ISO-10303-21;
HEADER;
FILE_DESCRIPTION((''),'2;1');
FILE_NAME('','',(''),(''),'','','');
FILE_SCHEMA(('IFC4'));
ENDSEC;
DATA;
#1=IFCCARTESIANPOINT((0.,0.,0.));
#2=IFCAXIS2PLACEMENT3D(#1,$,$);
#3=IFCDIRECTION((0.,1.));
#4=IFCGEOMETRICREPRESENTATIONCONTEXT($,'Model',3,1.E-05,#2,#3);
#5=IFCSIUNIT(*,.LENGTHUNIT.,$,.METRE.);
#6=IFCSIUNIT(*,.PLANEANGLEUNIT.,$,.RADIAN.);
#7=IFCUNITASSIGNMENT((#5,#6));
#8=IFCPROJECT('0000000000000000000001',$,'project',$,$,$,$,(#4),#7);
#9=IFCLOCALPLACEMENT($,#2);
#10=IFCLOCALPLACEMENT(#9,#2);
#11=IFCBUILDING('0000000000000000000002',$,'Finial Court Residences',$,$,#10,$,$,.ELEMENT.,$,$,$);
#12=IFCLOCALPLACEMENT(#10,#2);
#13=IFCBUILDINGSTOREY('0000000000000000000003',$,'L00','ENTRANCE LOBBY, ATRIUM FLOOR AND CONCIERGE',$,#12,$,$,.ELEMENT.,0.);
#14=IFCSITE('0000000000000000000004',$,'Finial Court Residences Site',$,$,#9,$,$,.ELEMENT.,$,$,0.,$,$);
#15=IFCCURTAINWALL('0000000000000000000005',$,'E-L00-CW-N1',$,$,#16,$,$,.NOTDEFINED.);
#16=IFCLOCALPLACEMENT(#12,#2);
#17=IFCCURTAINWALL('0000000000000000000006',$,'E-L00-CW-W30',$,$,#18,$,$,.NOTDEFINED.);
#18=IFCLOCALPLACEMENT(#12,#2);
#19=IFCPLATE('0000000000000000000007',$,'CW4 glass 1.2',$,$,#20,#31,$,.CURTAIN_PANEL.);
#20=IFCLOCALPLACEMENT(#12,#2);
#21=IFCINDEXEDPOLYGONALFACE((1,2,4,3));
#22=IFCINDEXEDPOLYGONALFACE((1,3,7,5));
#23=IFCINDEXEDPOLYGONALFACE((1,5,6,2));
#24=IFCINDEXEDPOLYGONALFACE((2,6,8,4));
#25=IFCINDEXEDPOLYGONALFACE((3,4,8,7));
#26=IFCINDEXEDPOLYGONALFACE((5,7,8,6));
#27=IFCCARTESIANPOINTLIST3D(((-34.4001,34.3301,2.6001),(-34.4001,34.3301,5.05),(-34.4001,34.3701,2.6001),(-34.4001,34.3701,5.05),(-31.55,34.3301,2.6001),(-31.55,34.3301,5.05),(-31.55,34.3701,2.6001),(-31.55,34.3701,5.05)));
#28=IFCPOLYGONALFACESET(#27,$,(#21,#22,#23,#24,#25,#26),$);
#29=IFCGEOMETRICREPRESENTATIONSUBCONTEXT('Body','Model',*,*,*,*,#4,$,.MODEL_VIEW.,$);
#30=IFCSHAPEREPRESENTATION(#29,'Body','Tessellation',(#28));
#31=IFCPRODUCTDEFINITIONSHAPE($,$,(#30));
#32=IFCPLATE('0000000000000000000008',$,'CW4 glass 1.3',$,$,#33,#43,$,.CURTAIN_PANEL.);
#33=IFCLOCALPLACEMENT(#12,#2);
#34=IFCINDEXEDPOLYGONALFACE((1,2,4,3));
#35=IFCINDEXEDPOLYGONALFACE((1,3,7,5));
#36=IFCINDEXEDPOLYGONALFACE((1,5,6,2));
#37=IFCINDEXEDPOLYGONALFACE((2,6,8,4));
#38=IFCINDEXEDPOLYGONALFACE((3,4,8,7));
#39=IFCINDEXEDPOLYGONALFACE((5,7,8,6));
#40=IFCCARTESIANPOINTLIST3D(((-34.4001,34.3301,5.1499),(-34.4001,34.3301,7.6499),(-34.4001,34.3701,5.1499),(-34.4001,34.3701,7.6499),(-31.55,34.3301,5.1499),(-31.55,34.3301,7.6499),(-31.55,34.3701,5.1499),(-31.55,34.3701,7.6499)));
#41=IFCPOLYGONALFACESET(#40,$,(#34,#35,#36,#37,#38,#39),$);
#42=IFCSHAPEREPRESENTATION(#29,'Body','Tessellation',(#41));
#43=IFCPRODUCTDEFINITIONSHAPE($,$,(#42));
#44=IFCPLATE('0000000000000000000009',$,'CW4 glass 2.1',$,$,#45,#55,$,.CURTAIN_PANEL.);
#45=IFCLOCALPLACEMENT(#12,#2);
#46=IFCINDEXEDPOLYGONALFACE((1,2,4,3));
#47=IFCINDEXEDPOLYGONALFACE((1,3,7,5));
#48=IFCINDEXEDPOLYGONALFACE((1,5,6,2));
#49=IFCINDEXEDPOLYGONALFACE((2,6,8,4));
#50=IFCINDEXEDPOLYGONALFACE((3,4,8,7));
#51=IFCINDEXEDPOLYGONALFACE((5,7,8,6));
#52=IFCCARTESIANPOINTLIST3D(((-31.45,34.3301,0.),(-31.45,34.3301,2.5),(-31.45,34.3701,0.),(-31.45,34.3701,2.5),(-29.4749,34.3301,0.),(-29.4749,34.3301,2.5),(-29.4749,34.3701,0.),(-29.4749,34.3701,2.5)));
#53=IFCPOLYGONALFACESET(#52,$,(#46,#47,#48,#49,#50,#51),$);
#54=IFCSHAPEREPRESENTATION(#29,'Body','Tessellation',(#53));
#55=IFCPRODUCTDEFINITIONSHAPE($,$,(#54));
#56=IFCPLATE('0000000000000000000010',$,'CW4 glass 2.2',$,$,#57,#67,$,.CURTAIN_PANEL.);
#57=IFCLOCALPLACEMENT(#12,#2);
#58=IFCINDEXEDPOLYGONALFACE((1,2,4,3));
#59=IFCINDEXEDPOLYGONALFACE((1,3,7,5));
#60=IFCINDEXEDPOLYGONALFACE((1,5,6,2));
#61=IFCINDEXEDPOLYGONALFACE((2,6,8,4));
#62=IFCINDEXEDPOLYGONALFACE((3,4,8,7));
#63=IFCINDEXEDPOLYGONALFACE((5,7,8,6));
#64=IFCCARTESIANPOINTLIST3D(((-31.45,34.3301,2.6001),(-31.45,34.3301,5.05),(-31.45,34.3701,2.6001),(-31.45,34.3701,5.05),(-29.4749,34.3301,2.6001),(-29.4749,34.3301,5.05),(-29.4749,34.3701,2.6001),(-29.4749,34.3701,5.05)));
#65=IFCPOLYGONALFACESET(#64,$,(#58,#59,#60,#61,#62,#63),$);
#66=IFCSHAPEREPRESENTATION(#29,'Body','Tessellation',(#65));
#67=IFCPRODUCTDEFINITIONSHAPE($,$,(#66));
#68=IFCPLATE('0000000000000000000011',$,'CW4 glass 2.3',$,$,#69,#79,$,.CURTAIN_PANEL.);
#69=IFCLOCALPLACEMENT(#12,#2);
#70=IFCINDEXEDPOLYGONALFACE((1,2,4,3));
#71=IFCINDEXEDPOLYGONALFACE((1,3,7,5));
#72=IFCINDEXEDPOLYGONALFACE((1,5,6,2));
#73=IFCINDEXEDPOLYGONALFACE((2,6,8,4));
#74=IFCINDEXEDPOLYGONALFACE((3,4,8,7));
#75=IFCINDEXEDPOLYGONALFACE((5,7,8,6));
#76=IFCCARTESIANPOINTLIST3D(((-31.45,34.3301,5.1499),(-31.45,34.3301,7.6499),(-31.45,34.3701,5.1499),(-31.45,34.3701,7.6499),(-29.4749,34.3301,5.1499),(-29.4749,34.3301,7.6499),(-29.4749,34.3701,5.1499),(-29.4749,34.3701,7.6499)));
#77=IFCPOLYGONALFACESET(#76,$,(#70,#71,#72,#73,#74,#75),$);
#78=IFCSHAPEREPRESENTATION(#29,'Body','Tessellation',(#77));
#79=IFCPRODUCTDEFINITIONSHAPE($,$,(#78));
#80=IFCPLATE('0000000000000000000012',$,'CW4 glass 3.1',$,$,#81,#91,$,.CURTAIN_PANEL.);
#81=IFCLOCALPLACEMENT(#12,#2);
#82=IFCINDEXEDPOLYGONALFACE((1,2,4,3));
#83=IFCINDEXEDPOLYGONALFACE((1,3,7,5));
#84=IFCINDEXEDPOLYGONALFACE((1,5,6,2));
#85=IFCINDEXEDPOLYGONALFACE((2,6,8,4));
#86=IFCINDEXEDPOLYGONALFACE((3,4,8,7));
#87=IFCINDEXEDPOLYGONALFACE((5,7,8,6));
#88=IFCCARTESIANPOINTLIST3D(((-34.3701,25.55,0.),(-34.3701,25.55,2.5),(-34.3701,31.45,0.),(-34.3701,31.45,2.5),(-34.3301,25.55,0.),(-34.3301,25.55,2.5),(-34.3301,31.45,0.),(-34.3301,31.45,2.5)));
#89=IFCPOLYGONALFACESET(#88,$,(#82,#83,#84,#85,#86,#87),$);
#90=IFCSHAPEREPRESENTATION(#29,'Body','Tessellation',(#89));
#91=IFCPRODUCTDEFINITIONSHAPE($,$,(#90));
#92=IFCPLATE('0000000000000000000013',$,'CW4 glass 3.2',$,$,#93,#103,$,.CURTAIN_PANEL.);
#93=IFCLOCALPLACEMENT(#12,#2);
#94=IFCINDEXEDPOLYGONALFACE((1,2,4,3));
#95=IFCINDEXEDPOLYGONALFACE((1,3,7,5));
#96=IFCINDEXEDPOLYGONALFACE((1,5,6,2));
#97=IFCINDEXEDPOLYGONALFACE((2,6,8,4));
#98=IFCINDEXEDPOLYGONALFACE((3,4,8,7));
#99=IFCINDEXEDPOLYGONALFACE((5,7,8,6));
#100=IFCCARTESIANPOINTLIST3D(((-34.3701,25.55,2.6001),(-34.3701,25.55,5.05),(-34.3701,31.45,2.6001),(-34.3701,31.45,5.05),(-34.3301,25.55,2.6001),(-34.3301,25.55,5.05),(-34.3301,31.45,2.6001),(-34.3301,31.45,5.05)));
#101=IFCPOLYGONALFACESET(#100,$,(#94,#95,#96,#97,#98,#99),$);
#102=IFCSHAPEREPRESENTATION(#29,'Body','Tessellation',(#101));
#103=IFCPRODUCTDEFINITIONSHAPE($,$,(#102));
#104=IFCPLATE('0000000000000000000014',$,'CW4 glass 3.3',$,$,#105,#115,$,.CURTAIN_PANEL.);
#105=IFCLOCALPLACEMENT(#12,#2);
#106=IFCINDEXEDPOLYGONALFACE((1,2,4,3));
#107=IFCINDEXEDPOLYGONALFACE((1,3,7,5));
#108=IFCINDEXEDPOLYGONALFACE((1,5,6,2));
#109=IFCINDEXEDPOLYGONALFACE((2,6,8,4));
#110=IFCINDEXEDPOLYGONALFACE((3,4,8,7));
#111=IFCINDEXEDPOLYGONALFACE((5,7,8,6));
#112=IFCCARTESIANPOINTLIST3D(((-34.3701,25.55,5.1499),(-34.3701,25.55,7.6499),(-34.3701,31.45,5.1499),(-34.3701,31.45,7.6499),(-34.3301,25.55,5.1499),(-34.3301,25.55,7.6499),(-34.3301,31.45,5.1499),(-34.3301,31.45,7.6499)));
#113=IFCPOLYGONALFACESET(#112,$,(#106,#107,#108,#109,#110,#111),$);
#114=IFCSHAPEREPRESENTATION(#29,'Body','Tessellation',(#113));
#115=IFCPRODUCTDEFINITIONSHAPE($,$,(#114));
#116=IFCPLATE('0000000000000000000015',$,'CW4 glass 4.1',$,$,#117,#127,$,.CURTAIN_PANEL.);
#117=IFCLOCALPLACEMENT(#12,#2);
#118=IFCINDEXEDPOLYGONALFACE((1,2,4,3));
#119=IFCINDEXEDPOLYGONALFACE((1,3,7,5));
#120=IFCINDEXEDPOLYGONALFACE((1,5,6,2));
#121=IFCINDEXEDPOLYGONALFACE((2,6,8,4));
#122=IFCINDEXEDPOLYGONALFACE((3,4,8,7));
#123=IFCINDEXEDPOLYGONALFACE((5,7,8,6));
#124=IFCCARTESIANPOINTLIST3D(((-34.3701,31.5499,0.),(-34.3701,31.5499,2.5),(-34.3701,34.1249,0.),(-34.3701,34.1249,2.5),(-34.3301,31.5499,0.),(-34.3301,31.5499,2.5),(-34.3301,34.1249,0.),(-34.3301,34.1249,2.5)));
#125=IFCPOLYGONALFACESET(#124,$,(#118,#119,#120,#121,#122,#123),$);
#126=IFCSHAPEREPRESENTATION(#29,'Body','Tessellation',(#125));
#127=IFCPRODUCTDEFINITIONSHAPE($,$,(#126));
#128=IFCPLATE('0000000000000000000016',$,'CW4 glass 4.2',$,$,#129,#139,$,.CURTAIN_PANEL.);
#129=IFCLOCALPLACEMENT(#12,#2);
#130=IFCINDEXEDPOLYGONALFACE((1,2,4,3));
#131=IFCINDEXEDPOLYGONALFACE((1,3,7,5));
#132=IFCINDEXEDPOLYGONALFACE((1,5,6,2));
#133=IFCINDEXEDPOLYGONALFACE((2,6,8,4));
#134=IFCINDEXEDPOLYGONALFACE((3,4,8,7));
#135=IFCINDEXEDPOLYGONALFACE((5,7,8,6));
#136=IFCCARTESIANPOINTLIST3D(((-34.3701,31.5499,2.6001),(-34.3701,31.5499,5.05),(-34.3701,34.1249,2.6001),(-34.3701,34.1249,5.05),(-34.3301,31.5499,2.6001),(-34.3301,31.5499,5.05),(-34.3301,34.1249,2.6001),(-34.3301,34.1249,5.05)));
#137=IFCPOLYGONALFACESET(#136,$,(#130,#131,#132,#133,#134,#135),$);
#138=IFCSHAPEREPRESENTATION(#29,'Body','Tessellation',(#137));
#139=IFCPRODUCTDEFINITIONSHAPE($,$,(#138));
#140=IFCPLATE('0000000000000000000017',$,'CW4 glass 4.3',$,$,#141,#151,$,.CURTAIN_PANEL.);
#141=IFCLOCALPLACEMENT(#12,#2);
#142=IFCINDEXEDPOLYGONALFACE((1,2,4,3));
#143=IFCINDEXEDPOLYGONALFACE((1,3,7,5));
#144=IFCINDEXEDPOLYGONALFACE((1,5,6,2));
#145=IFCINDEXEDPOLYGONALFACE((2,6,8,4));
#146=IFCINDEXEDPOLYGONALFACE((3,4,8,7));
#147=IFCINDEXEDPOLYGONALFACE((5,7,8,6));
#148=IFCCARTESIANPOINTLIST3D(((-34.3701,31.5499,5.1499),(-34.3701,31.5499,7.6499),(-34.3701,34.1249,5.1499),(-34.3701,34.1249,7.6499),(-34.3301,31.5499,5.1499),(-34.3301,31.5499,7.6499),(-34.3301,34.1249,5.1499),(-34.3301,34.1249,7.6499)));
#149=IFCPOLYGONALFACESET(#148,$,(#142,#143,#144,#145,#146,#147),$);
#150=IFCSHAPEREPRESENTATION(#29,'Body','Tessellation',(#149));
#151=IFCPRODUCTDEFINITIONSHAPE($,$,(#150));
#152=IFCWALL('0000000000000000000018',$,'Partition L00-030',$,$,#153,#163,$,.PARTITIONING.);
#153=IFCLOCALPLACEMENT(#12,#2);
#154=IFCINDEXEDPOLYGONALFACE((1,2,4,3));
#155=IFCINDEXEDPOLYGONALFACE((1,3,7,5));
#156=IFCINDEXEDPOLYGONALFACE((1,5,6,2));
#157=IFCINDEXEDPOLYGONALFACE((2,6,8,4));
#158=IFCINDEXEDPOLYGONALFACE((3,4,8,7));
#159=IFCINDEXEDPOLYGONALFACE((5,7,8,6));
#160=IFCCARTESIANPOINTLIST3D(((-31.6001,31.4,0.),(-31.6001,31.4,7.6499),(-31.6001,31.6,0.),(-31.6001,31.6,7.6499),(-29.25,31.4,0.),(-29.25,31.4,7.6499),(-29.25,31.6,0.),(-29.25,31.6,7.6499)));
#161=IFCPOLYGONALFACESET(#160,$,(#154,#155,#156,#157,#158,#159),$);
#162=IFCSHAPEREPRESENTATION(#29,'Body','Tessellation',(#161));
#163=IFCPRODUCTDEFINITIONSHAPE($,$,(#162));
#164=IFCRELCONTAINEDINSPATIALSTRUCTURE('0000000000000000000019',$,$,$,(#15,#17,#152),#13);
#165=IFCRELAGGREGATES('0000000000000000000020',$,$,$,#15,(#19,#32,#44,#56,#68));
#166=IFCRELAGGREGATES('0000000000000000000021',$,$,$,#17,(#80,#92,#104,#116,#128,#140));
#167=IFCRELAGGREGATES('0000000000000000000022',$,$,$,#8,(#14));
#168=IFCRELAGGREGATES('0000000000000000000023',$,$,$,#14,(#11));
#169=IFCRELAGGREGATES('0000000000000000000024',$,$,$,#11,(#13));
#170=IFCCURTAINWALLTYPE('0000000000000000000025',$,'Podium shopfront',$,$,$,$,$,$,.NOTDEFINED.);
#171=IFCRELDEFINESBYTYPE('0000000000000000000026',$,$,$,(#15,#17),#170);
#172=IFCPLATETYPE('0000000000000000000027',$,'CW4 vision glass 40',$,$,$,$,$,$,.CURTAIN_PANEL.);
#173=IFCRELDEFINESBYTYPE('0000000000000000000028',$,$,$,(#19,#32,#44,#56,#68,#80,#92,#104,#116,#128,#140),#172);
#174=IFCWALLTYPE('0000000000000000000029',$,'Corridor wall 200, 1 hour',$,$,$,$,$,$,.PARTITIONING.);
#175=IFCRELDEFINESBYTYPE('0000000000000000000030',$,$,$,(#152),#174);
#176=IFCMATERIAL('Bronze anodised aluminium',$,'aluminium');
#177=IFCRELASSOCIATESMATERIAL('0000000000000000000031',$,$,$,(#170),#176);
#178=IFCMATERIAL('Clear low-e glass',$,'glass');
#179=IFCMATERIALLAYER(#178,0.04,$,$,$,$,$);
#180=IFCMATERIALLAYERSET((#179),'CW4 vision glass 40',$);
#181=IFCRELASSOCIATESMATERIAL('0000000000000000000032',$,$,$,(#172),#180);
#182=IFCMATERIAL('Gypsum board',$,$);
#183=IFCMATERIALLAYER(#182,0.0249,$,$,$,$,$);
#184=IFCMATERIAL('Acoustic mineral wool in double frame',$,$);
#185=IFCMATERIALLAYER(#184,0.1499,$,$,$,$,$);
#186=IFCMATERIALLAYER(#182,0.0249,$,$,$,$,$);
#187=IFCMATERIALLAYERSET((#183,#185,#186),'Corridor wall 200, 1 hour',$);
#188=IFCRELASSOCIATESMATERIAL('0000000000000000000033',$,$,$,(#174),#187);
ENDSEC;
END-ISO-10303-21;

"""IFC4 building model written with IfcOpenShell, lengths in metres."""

from ifc_helpers import new_model, si_unit, direction, frame, frame_2d, origin, origin_2d, place, context, subcontext, project, spatial, rectangle, extrude, material, layer, layer_set, type_object, element, aggregate, save


model = new_model("IFC4")

# Units and contexts
model_context = context("Model", 3, precision=1e-05, world=origin(), true_north=direction((0.0, 1.0)))
body_context = subcontext(model_context, "Body", "Model", "MODEL_VIEW")
ifc_project = project(units=[si_unit("LENGTHUNIT", "METRE"), si_unit("PLANEANGLEUNIT", "RADIAN")], contexts=[model_context])

# Site, building, storey
site_placement = place(None, origin())
site = spatial("IfcSite", under=ifc_project, at=site_placement, Name="Finial Court Residences Site", CompositionType="ELEMENT", RefElevation=0.0)
building_placement = place(site_placement, origin())
building = spatial("IfcBuilding", under=site, at=building_placement, Name="Finial Court Residences", CompositionType="ELEMENT")
storey_placement = place(building_placement, origin())
storey = spatial("IfcBuildingStorey", under=building, at=storey_placement, Name="L00", Description="ENTRANCE LOBBY, ATRIUM FLOOR AND CONCIERGE", CompositionType="ELEMENT", Elevation=0.0)

# Curtain walls
ifc_material_1 = material(Name="Bronze anodised aluminium", Category="aluminium")
curtain_wall_type = type_object("IfcCurtainWallType", Name="Podium shopfront", PredefinedType="NOTDEFINED", material=ifc_material_1)
curtain_wall_1_placement = place(storey_placement, origin())
curtain_wall_1 = element("IfcCurtainWall", 1, at=curtain_wall_1_placement, inside=storey, type_object=curtain_wall_type, Name="E-L00-CW-N1", PredefinedType="NOTDEFINED")
curtain_wall_2_placement = place(storey_placement, origin())
curtain_wall_2 = element("IfcCurtainWall", 2, at=curtain_wall_2_placement, inside=storey, type_object=curtain_wall_type, Name="E-L00-CW-W30", PredefinedType="NOTDEFINED")

# Plates
ifc_material_2 = material(Name="Clear low-e glass", Category="glass")
ifc_layer_1 = layer(ifc_material_2, 0.04)
ifc_layer_set_1 = layer_set([ifc_layer_1], Name="CW4 vision glass 40")
plate_type = type_object("IfcPlateType", Name="CW4 vision glass 40", PredefinedType="CURTAIN_PANEL", material=ifc_layer_set_1)
plate_1_placement = place(storey_placement, frame((-32.9751, 34.3501, 2.6001), z_axis=(0.0, 0.0, 1.0), x_axis=(1.0, 0.0, 0.0)))
plate_1 = element("IfcPlate", 3, at=plate_1_placement, type_object=plate_type, Name="CW4 glass 1.2", PredefinedType="CURTAIN_PANEL", context=body_context, shape_type="SweptSolid", body=[
    extrude(rectangle(XDim=2.8501, YDim=0.04, at=origin_2d()), origin(), (0.0, 0.0, 1.0), 2.45),
])
plate_2_placement = place(storey_placement, frame((-32.9751, 34.3501, 5.1499), z_axis=(0.0, 0.0, 1.0), x_axis=(1.0, 0.0, 0.0)))
plate_2 = element("IfcPlate", 4, at=plate_2_placement, type_object=plate_type, Name="CW4 glass 1.3", PredefinedType="CURTAIN_PANEL", context=body_context, shape_type="SweptSolid", body=[
    extrude(rectangle(XDim=2.8501, YDim=0.04, at=origin_2d()), origin(), (0.0, 0.0, 1.0), 2.5),
])
plate_3_placement = place(storey_placement, frame((-30.4624, 34.3501, 0.0), z_axis=(0.0, 0.0, 1.0), x_axis=(1.0, 0.0, 0.0)))
plate_3 = element("IfcPlate", 5, at=plate_3_placement, type_object=plate_type, Name="CW4 glass 2.1", PredefinedType="CURTAIN_PANEL", context=body_context, shape_type="SweptSolid", body=[
    extrude(rectangle(XDim=1.9751, YDim=0.04, at=origin_2d()), origin(), (0.0, 0.0, 1.0), 2.5),
])
plate_4_placement = place(storey_placement, frame((-30.4624, 34.3501, 2.6001), z_axis=(0.0, 0.0, 1.0), x_axis=(1.0, 0.0, 0.0)))
plate_4 = element("IfcPlate", 6, at=plate_4_placement, type_object=plate_type, Name="CW4 glass 2.2", PredefinedType="CURTAIN_PANEL", context=body_context, shape_type="SweptSolid", body=[
    extrude(rectangle(XDim=1.9751, YDim=0.04, at=origin_2d()), origin(), (0.0, 0.0, 1.0), 2.45),
])
plate_5_placement = place(storey_placement, frame((-30.4624, 34.3501, 5.1499), z_axis=(0.0, 0.0, 1.0), x_axis=(1.0, 0.0, 0.0)))
plate_5 = element("IfcPlate", 7, at=plate_5_placement, type_object=plate_type, Name="CW4 glass 2.3", PredefinedType="CURTAIN_PANEL", context=body_context, shape_type="SweptSolid", body=[
    extrude(rectangle(XDim=1.9751, YDim=0.04, at=origin_2d()), origin(), (0.0, 0.0, 1.0), 2.5),
])
aggregate(curtain_wall_1, [plate_1, plate_2, plate_3, plate_4, plate_5])
plate_6_placement = place(storey_placement, frame((-34.3501, 28.5, 0.0), z_axis=(0.0, 0.0, 1.0), x_axis=(0.0, 1.0, 0.0)))
plate_6 = element("IfcPlate", 8, at=plate_6_placement, type_object=plate_type, Name="CW4 glass 3.1", PredefinedType="CURTAIN_PANEL", context=body_context, shape_type="SweptSolid", body=[
    extrude(rectangle(XDim=5.8999, YDim=0.04, at=origin_2d()), origin(), (0.0, 0.0, 1.0), 2.5),
])
plate_7_placement = place(storey_placement, frame((-34.3501, 28.5, 2.6001), z_axis=(0.0, 0.0, 1.0), x_axis=(0.0, 1.0, 0.0)))
plate_7 = element("IfcPlate", 9, at=plate_7_placement, type_object=plate_type, Name="CW4 glass 3.2", PredefinedType="CURTAIN_PANEL", context=body_context, shape_type="SweptSolid", body=[
    extrude(rectangle(XDim=5.8999, YDim=0.04, at=origin_2d()), origin(), (0.0, 0.0, 1.0), 2.45),
])
plate_8_placement = place(storey_placement, frame((-34.3501, 28.5, 5.1499), z_axis=(0.0, 0.0, 1.0), x_axis=(0.0, 1.0, 0.0)))
plate_8 = element("IfcPlate", 10, at=plate_8_placement, type_object=plate_type, Name="CW4 glass 3.3", PredefinedType="CURTAIN_PANEL", context=body_context, shape_type="SweptSolid", body=[
    extrude(rectangle(XDim=5.8999, YDim=0.04, at=origin_2d()), origin(), (0.0, 0.0, 1.0), 2.5),
])
plate_9_placement = place(storey_placement, frame((-34.3501, 32.8374, 0.0), z_axis=(0.0, 0.0, 1.0), x_axis=(0.0, 1.0, 0.0)))
plate_9 = element("IfcPlate", 11, at=plate_9_placement, type_object=plate_type, Name="CW4 glass 4.1", PredefinedType="CURTAIN_PANEL", context=body_context, shape_type="SweptSolid", body=[
    extrude(rectangle(XDim=2.575, YDim=0.04, at=origin_2d()), origin(), (0.0, 0.0, 1.0), 2.5),
])
plate_10_placement = place(storey_placement, frame((-34.3501, 32.8374, 2.6001), z_axis=(0.0, 0.0, 1.0), x_axis=(0.0, 1.0, 0.0)))
plate_10 = element("IfcPlate", 12, at=plate_10_placement, type_object=plate_type, Name="CW4 glass 4.2", PredefinedType="CURTAIN_PANEL", context=body_context, shape_type="SweptSolid", body=[
    extrude(rectangle(XDim=2.575, YDim=0.04, at=origin_2d()), origin(), (0.0, 0.0, 1.0), 2.45),
])
plate_11_placement = place(storey_placement, frame((-34.3501, 32.8374, 5.1499), z_axis=(0.0, 0.0, 1.0), x_axis=(0.0, 1.0, 0.0)))
plate_11 = element("IfcPlate", 13, at=plate_11_placement, type_object=plate_type, Name="CW4 glass 4.3", PredefinedType="CURTAIN_PANEL", context=body_context, shape_type="SweptSolid", body=[
    extrude(rectangle(XDim=2.575, YDim=0.04, at=origin_2d()), origin(), (0.0, 0.0, 1.0), 2.5),
])
aggregate(curtain_wall_2, [plate_6, plate_7, plate_8, plate_9, plate_10, plate_11])

# Wall
ifc_material_3 = material(Name="Gypsum board")
ifc_layer_2 = layer(ifc_material_3, 0.0249)
ifc_material_4 = material(Name="Acoustic mineral wool in double frame")
ifc_layer_3 = layer(ifc_material_4, 0.1499)
ifc_layer_4 = layer(ifc_material_3, 0.0249)
ifc_layer_set_2 = layer_set([ifc_layer_2, ifc_layer_3, ifc_layer_4], Name="Corridor wall 200, 1 hour")
wall_type = type_object("IfcWallType", Name="Corridor wall 200, 1 hour", PredefinedType="PARTITIONING", material=ifc_layer_set_2)
wall_placement = place(storey_placement, frame((-31.6001, 31.5, 0.0), z_axis=(0.0, 0.0, 1.0), x_axis=(1.0, 0.0, 0.0)))
element("IfcWall", 14, at=wall_placement, inside=storey, type_object=wall_type, Name="Partition L00-030", PredefinedType="PARTITIONING", context=body_context, shape_type="SweptSolid", body=[
    extrude(rectangle(XDim=2.3501, YDim=0.2, at=frame_2d((1.175, 0.0))), origin(), (0.0, 0.0, 1.0), 7.6499),
])

save(model, "model.ifc")
